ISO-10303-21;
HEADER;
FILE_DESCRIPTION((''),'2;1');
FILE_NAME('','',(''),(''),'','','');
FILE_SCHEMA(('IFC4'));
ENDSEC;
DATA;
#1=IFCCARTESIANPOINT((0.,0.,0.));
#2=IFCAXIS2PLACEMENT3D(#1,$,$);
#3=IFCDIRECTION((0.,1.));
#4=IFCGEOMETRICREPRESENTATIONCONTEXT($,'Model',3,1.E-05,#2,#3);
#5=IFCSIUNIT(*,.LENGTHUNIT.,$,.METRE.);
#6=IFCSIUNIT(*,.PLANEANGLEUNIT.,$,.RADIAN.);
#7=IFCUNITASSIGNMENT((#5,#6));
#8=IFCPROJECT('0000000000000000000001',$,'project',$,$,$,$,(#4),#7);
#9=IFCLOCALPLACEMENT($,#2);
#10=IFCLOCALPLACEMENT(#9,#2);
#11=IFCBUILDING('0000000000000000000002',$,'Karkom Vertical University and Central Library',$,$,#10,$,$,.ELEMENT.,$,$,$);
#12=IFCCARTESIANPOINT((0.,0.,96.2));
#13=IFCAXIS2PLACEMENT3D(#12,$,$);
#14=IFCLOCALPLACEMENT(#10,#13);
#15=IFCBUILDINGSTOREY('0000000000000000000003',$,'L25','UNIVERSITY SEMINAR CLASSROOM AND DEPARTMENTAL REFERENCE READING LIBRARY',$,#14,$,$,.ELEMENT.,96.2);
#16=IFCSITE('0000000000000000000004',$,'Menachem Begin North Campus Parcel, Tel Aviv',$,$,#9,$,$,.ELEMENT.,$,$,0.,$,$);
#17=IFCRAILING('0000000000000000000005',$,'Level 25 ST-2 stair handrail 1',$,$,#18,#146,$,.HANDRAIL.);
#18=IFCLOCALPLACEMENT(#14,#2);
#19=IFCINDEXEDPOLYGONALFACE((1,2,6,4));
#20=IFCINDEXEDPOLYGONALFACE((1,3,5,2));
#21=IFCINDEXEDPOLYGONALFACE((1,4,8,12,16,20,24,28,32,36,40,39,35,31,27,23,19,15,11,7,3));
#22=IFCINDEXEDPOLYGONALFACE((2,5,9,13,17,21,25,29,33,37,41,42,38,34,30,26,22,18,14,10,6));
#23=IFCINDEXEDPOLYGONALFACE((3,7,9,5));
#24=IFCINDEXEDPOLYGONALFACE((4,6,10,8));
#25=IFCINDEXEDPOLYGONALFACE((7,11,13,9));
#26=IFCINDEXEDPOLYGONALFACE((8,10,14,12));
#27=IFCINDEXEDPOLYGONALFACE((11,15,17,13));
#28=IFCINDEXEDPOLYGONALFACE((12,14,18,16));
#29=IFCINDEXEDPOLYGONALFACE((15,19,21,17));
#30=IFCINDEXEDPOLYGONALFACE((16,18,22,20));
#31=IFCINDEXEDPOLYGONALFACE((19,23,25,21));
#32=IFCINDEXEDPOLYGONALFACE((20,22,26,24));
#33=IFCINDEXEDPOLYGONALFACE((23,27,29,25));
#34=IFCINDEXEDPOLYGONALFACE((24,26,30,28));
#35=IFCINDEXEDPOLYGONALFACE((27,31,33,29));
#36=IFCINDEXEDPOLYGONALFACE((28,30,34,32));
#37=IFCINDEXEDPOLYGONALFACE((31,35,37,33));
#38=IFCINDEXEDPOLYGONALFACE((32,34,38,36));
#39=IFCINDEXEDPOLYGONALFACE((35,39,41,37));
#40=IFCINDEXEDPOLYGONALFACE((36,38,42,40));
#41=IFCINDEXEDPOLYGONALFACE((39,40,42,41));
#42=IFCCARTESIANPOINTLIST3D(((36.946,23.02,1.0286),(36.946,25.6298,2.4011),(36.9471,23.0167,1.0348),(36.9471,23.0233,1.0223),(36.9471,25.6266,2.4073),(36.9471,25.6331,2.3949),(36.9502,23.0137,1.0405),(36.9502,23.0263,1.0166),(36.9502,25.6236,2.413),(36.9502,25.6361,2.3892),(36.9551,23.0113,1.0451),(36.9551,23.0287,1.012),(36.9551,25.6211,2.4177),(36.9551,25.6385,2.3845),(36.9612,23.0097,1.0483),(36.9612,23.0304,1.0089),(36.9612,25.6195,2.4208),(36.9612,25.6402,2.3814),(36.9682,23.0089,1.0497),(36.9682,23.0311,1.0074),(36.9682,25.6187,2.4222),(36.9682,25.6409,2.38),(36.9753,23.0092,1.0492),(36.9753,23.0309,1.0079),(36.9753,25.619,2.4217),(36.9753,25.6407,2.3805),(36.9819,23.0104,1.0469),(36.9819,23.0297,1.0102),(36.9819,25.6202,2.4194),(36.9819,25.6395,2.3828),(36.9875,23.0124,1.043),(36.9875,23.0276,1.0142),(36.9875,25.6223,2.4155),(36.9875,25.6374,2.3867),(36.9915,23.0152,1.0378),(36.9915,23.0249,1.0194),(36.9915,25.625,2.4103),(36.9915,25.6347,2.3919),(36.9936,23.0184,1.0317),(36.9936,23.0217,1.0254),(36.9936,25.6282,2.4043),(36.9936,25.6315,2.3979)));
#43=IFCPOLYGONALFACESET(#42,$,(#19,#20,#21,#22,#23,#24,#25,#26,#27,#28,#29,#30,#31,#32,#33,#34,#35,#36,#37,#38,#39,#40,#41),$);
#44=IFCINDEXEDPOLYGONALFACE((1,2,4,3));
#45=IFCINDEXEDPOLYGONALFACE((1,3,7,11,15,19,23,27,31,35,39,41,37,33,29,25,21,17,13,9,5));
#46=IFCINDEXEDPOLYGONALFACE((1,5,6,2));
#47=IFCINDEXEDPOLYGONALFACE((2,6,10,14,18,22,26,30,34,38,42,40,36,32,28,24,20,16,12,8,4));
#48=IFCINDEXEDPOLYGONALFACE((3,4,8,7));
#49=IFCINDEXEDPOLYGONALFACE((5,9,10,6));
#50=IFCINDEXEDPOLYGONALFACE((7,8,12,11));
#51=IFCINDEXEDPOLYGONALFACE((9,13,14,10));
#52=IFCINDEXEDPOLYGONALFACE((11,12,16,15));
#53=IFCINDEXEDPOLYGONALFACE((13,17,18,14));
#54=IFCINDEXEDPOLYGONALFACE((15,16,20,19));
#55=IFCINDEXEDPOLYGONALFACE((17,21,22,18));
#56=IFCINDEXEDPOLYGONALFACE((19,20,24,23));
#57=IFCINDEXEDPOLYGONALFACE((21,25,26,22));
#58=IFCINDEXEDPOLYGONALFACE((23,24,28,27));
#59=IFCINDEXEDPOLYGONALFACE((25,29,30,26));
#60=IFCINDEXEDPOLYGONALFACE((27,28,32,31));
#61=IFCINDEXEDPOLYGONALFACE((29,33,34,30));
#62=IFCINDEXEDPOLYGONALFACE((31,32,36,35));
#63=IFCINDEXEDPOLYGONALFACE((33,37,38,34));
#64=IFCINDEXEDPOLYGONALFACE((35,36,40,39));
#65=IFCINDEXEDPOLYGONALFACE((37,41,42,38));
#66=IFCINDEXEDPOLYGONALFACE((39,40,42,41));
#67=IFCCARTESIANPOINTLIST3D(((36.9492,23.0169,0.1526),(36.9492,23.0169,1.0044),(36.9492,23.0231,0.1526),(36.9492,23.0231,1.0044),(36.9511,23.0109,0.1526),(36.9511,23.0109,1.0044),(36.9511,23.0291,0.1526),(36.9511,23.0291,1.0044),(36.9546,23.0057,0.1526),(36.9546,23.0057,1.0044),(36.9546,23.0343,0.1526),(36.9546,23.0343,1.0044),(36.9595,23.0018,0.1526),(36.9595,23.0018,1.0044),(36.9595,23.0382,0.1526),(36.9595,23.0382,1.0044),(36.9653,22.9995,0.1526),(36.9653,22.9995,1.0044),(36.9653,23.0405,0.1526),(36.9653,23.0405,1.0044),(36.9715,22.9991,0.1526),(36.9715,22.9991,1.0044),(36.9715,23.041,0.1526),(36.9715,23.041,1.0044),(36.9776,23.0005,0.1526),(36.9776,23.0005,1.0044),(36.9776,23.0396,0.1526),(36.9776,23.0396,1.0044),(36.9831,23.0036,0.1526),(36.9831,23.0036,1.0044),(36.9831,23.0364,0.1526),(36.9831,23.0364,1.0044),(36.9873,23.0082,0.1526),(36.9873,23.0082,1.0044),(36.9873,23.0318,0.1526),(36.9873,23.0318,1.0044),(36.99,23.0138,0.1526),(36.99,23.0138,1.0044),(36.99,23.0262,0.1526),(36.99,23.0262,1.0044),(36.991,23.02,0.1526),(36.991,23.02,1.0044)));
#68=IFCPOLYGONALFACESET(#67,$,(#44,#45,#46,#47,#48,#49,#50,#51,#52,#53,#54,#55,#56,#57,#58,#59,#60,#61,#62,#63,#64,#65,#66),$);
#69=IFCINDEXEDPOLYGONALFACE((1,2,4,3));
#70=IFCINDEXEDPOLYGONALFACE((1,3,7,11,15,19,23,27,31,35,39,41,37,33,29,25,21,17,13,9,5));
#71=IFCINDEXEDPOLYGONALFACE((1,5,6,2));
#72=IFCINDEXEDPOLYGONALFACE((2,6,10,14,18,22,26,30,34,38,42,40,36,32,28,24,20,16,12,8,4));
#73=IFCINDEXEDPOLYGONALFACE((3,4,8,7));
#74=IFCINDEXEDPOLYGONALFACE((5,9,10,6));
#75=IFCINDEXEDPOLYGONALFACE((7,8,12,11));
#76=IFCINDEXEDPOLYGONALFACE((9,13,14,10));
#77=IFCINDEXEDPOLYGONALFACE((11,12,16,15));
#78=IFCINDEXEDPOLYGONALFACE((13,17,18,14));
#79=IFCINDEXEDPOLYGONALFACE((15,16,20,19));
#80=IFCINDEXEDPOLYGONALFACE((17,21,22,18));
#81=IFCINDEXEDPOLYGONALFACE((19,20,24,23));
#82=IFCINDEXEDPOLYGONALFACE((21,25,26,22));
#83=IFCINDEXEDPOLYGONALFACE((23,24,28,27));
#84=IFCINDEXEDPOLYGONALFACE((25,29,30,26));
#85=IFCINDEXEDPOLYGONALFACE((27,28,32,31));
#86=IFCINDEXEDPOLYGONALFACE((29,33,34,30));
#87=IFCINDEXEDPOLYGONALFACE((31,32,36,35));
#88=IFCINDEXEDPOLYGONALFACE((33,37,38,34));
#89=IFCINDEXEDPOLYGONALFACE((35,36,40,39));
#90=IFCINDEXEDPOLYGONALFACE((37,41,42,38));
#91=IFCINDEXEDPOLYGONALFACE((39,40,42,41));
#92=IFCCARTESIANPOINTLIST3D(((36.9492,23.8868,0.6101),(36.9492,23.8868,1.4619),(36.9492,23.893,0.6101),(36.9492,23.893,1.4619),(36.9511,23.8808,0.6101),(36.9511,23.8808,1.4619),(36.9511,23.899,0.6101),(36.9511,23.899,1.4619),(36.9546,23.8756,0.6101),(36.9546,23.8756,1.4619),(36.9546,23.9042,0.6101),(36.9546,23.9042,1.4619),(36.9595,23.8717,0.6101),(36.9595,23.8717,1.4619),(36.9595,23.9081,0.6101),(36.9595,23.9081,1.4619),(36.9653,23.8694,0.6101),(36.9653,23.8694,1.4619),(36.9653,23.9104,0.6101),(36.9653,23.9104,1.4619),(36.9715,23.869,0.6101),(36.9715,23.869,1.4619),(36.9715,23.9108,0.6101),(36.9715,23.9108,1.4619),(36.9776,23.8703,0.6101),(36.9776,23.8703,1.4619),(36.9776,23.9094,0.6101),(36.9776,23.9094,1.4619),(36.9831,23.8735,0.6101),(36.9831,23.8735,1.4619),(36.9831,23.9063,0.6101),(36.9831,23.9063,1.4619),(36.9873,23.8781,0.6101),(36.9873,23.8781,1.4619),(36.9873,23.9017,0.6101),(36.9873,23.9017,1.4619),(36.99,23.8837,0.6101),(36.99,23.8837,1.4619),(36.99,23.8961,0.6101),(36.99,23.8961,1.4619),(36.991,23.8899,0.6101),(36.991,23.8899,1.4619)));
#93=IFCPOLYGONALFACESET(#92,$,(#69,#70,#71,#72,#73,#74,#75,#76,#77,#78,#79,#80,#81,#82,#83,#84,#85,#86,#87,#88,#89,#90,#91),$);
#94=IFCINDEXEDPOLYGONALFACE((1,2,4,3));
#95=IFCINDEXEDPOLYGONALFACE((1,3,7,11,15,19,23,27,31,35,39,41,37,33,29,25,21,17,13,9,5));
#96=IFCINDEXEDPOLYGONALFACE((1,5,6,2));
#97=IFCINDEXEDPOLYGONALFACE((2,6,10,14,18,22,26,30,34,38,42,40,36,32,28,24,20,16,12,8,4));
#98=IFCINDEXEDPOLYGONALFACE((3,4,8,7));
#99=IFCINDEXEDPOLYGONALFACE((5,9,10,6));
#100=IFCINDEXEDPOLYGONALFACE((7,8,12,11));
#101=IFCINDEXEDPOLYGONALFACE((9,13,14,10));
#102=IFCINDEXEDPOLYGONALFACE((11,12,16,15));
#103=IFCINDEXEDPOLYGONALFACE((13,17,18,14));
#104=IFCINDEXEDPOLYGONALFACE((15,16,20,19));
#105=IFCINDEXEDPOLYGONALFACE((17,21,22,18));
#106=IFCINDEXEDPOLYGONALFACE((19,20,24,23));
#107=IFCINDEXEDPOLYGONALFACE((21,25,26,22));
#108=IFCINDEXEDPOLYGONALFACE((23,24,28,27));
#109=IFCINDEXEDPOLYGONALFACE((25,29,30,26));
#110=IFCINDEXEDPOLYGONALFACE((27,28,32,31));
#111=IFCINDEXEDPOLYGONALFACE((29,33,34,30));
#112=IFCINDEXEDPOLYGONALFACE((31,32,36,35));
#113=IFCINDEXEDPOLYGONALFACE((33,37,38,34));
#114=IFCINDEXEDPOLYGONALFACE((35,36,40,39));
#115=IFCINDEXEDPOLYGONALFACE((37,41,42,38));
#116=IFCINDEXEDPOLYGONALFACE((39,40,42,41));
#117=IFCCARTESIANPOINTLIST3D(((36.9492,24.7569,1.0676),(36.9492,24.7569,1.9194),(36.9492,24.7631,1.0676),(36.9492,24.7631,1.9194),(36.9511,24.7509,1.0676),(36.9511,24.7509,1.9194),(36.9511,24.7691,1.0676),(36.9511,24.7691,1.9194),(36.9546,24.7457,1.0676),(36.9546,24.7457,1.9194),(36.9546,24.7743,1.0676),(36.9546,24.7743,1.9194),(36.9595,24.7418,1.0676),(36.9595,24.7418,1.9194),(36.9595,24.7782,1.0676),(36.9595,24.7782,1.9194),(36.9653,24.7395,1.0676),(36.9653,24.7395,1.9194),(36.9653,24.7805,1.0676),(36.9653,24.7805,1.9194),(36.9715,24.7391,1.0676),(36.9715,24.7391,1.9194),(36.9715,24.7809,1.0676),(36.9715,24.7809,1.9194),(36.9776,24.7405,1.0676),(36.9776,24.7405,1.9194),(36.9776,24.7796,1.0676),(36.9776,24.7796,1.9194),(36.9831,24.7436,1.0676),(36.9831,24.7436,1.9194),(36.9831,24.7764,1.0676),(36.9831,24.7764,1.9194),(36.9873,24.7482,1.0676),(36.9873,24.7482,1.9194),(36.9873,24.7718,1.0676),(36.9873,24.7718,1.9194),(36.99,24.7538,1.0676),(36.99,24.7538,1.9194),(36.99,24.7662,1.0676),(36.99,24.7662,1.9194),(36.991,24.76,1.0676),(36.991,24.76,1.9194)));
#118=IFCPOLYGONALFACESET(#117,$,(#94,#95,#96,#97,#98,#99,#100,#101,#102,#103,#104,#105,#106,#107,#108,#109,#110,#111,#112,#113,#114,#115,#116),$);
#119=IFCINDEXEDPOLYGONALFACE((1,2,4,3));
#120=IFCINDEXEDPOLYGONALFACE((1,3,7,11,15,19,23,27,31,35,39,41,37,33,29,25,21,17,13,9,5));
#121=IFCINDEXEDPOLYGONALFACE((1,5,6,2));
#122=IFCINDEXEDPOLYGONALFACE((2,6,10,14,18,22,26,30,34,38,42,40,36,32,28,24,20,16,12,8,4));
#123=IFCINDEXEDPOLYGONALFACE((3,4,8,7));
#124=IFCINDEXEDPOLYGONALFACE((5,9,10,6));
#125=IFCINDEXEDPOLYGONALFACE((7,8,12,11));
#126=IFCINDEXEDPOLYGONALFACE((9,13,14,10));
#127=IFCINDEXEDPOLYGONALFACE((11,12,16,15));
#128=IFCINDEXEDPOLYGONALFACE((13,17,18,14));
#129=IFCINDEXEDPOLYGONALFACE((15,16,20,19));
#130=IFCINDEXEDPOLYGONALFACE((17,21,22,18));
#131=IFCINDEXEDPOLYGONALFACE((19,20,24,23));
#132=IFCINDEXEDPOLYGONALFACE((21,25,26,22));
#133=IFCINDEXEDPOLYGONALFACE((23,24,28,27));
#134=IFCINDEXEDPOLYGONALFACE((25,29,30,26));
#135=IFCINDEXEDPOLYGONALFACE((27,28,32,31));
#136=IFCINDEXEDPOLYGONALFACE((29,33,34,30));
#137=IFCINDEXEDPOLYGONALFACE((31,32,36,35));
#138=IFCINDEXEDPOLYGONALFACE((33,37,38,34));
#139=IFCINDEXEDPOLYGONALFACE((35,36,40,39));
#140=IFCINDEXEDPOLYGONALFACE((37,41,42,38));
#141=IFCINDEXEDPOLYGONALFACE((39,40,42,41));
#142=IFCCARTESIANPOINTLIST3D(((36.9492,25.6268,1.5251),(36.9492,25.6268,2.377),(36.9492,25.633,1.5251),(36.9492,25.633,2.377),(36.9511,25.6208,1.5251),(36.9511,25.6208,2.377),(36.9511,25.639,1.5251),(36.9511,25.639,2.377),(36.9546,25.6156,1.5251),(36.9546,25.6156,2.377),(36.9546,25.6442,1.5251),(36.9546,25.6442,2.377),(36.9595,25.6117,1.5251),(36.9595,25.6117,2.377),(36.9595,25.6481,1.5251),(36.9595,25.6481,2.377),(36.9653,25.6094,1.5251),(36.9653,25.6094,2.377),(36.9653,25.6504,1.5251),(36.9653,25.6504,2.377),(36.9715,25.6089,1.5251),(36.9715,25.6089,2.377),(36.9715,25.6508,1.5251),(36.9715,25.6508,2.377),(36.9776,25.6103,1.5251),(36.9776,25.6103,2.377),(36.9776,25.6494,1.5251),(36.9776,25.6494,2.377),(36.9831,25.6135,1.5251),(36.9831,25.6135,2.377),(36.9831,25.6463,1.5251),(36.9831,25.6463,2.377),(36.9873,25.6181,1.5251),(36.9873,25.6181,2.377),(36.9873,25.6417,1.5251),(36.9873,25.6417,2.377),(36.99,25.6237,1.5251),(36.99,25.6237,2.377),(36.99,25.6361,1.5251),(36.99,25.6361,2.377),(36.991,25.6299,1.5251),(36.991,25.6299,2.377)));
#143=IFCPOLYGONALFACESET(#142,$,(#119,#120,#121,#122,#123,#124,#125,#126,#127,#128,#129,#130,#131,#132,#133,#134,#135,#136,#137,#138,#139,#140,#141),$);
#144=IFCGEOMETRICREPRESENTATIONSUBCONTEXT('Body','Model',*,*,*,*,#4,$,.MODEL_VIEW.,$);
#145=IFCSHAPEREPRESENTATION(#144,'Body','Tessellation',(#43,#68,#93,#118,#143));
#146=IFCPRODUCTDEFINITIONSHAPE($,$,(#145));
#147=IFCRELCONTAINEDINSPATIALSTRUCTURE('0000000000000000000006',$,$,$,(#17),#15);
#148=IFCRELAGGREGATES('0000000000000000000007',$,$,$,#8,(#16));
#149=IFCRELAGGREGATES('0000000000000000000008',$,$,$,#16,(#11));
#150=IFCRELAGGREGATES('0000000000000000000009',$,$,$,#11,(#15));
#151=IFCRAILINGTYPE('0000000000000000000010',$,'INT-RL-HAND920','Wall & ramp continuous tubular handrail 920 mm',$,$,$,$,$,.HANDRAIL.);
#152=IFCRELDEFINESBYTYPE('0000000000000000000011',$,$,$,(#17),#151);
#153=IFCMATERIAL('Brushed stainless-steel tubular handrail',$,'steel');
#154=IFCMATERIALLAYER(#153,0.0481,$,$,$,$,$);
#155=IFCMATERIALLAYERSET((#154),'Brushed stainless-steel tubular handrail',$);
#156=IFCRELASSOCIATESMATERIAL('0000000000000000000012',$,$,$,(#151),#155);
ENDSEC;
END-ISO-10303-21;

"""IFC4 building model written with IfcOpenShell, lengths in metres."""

from ifc_helpers import new_model, si_unit, direction, frame, origin, origin_2d, place, context, subcontext, project, spatial, circle, extrude, material, layer, layer_set, type_object, element, save


model = new_model("IFC4")

# Units and contexts
model_context = context("Model", 3, precision=1e-05, world=origin(), true_north=direction((0.0, 1.0)))
body_context = subcontext(model_context, "Body", "Model", "MODEL_VIEW")
ifc_project = project(units=[si_unit("LENGTHUNIT", "METRE"), si_unit("PLANEANGLEUNIT", "RADIAN")], contexts=[model_context])

# Site, building, storey
site_placement = place(None, origin())
site = spatial("IfcSite", under=ifc_project, at=site_placement, Name="Menachem Begin North Campus Parcel, Tel Aviv", CompositionType="ELEMENT", RefElevation=0.0)
building_placement = place(site_placement, origin())
building = spatial("IfcBuilding", under=site, at=building_placement, Name="Karkom Vertical University and Central Library", CompositionType="ELEMENT")
storey_placement = place(building_placement, frame((0.0, 0.0, 96.2)))
storey = spatial("IfcBuildingStorey", under=building, at=storey_placement, Name="L25", Description="UNIVERSITY SEMINAR CLASSROOM AND DEPARTMENTAL REFERENCE READING LIBRARY", CompositionType="ELEMENT", Elevation=96.2)

# Railing
ifc_material_1 = material(Name="Brushed stainless-steel tubular handrail", Category="steel")
ifc_layer_1 = layer(ifc_material_1, 0.0481)
ifc_layer_set_1 = layer_set([ifc_layer_1], Name="Brushed stainless-steel tubular handrail")
railing_type_1 = type_object("IfcRailingType", Name="INT-RL-HAND920", Description="Wall & ramp continuous tubular handrail 920 mm", PredefinedType="HANDRAIL", material=ifc_layer_set_1)
railing_1_placement = place(storey_placement, frame((36.97, 23.02, 0.1526)))
element("IfcRailing", 1, at=railing_1_placement, inside=storey, type_object=railing_type_1, Name="Level 25 ST-2 stair handrail 1", PredefinedType="HANDRAIL", context=body_context, shape_type="SweptSolid", body=[
    extrude(circle(Radius=0.0239, at=origin_2d()), frame((0.0, 0.0, 0.876), z_axis=(0.0, 0.885065, 0.465467), x_axis=(-1.0, 0.0, 0.0)), (0.0, 0.0, 1.0), 2.9487),
    extrude(circle(Radius=0.021, at=origin_2d()), origin(), (0.0, 0.0, 1.0), 0.8518),
    extrude(circle(Radius=0.021, at=origin_2d()), frame((0.0, 0.8699, 0.4575)), (0.0, 0.0, 1.0), 0.8518),
    extrude(circle(Radius=0.021, at=origin_2d()), frame((0.0, 1.74, 0.915)), (0.0, 0.0, 1.0), 0.8518),
    extrude(circle(Radius=0.021, at=origin_2d()), frame((0.0, 2.6099, 1.3726)), (0.0, 0.0, 1.0), 0.8518),
])

save(model, "model.ifc")
